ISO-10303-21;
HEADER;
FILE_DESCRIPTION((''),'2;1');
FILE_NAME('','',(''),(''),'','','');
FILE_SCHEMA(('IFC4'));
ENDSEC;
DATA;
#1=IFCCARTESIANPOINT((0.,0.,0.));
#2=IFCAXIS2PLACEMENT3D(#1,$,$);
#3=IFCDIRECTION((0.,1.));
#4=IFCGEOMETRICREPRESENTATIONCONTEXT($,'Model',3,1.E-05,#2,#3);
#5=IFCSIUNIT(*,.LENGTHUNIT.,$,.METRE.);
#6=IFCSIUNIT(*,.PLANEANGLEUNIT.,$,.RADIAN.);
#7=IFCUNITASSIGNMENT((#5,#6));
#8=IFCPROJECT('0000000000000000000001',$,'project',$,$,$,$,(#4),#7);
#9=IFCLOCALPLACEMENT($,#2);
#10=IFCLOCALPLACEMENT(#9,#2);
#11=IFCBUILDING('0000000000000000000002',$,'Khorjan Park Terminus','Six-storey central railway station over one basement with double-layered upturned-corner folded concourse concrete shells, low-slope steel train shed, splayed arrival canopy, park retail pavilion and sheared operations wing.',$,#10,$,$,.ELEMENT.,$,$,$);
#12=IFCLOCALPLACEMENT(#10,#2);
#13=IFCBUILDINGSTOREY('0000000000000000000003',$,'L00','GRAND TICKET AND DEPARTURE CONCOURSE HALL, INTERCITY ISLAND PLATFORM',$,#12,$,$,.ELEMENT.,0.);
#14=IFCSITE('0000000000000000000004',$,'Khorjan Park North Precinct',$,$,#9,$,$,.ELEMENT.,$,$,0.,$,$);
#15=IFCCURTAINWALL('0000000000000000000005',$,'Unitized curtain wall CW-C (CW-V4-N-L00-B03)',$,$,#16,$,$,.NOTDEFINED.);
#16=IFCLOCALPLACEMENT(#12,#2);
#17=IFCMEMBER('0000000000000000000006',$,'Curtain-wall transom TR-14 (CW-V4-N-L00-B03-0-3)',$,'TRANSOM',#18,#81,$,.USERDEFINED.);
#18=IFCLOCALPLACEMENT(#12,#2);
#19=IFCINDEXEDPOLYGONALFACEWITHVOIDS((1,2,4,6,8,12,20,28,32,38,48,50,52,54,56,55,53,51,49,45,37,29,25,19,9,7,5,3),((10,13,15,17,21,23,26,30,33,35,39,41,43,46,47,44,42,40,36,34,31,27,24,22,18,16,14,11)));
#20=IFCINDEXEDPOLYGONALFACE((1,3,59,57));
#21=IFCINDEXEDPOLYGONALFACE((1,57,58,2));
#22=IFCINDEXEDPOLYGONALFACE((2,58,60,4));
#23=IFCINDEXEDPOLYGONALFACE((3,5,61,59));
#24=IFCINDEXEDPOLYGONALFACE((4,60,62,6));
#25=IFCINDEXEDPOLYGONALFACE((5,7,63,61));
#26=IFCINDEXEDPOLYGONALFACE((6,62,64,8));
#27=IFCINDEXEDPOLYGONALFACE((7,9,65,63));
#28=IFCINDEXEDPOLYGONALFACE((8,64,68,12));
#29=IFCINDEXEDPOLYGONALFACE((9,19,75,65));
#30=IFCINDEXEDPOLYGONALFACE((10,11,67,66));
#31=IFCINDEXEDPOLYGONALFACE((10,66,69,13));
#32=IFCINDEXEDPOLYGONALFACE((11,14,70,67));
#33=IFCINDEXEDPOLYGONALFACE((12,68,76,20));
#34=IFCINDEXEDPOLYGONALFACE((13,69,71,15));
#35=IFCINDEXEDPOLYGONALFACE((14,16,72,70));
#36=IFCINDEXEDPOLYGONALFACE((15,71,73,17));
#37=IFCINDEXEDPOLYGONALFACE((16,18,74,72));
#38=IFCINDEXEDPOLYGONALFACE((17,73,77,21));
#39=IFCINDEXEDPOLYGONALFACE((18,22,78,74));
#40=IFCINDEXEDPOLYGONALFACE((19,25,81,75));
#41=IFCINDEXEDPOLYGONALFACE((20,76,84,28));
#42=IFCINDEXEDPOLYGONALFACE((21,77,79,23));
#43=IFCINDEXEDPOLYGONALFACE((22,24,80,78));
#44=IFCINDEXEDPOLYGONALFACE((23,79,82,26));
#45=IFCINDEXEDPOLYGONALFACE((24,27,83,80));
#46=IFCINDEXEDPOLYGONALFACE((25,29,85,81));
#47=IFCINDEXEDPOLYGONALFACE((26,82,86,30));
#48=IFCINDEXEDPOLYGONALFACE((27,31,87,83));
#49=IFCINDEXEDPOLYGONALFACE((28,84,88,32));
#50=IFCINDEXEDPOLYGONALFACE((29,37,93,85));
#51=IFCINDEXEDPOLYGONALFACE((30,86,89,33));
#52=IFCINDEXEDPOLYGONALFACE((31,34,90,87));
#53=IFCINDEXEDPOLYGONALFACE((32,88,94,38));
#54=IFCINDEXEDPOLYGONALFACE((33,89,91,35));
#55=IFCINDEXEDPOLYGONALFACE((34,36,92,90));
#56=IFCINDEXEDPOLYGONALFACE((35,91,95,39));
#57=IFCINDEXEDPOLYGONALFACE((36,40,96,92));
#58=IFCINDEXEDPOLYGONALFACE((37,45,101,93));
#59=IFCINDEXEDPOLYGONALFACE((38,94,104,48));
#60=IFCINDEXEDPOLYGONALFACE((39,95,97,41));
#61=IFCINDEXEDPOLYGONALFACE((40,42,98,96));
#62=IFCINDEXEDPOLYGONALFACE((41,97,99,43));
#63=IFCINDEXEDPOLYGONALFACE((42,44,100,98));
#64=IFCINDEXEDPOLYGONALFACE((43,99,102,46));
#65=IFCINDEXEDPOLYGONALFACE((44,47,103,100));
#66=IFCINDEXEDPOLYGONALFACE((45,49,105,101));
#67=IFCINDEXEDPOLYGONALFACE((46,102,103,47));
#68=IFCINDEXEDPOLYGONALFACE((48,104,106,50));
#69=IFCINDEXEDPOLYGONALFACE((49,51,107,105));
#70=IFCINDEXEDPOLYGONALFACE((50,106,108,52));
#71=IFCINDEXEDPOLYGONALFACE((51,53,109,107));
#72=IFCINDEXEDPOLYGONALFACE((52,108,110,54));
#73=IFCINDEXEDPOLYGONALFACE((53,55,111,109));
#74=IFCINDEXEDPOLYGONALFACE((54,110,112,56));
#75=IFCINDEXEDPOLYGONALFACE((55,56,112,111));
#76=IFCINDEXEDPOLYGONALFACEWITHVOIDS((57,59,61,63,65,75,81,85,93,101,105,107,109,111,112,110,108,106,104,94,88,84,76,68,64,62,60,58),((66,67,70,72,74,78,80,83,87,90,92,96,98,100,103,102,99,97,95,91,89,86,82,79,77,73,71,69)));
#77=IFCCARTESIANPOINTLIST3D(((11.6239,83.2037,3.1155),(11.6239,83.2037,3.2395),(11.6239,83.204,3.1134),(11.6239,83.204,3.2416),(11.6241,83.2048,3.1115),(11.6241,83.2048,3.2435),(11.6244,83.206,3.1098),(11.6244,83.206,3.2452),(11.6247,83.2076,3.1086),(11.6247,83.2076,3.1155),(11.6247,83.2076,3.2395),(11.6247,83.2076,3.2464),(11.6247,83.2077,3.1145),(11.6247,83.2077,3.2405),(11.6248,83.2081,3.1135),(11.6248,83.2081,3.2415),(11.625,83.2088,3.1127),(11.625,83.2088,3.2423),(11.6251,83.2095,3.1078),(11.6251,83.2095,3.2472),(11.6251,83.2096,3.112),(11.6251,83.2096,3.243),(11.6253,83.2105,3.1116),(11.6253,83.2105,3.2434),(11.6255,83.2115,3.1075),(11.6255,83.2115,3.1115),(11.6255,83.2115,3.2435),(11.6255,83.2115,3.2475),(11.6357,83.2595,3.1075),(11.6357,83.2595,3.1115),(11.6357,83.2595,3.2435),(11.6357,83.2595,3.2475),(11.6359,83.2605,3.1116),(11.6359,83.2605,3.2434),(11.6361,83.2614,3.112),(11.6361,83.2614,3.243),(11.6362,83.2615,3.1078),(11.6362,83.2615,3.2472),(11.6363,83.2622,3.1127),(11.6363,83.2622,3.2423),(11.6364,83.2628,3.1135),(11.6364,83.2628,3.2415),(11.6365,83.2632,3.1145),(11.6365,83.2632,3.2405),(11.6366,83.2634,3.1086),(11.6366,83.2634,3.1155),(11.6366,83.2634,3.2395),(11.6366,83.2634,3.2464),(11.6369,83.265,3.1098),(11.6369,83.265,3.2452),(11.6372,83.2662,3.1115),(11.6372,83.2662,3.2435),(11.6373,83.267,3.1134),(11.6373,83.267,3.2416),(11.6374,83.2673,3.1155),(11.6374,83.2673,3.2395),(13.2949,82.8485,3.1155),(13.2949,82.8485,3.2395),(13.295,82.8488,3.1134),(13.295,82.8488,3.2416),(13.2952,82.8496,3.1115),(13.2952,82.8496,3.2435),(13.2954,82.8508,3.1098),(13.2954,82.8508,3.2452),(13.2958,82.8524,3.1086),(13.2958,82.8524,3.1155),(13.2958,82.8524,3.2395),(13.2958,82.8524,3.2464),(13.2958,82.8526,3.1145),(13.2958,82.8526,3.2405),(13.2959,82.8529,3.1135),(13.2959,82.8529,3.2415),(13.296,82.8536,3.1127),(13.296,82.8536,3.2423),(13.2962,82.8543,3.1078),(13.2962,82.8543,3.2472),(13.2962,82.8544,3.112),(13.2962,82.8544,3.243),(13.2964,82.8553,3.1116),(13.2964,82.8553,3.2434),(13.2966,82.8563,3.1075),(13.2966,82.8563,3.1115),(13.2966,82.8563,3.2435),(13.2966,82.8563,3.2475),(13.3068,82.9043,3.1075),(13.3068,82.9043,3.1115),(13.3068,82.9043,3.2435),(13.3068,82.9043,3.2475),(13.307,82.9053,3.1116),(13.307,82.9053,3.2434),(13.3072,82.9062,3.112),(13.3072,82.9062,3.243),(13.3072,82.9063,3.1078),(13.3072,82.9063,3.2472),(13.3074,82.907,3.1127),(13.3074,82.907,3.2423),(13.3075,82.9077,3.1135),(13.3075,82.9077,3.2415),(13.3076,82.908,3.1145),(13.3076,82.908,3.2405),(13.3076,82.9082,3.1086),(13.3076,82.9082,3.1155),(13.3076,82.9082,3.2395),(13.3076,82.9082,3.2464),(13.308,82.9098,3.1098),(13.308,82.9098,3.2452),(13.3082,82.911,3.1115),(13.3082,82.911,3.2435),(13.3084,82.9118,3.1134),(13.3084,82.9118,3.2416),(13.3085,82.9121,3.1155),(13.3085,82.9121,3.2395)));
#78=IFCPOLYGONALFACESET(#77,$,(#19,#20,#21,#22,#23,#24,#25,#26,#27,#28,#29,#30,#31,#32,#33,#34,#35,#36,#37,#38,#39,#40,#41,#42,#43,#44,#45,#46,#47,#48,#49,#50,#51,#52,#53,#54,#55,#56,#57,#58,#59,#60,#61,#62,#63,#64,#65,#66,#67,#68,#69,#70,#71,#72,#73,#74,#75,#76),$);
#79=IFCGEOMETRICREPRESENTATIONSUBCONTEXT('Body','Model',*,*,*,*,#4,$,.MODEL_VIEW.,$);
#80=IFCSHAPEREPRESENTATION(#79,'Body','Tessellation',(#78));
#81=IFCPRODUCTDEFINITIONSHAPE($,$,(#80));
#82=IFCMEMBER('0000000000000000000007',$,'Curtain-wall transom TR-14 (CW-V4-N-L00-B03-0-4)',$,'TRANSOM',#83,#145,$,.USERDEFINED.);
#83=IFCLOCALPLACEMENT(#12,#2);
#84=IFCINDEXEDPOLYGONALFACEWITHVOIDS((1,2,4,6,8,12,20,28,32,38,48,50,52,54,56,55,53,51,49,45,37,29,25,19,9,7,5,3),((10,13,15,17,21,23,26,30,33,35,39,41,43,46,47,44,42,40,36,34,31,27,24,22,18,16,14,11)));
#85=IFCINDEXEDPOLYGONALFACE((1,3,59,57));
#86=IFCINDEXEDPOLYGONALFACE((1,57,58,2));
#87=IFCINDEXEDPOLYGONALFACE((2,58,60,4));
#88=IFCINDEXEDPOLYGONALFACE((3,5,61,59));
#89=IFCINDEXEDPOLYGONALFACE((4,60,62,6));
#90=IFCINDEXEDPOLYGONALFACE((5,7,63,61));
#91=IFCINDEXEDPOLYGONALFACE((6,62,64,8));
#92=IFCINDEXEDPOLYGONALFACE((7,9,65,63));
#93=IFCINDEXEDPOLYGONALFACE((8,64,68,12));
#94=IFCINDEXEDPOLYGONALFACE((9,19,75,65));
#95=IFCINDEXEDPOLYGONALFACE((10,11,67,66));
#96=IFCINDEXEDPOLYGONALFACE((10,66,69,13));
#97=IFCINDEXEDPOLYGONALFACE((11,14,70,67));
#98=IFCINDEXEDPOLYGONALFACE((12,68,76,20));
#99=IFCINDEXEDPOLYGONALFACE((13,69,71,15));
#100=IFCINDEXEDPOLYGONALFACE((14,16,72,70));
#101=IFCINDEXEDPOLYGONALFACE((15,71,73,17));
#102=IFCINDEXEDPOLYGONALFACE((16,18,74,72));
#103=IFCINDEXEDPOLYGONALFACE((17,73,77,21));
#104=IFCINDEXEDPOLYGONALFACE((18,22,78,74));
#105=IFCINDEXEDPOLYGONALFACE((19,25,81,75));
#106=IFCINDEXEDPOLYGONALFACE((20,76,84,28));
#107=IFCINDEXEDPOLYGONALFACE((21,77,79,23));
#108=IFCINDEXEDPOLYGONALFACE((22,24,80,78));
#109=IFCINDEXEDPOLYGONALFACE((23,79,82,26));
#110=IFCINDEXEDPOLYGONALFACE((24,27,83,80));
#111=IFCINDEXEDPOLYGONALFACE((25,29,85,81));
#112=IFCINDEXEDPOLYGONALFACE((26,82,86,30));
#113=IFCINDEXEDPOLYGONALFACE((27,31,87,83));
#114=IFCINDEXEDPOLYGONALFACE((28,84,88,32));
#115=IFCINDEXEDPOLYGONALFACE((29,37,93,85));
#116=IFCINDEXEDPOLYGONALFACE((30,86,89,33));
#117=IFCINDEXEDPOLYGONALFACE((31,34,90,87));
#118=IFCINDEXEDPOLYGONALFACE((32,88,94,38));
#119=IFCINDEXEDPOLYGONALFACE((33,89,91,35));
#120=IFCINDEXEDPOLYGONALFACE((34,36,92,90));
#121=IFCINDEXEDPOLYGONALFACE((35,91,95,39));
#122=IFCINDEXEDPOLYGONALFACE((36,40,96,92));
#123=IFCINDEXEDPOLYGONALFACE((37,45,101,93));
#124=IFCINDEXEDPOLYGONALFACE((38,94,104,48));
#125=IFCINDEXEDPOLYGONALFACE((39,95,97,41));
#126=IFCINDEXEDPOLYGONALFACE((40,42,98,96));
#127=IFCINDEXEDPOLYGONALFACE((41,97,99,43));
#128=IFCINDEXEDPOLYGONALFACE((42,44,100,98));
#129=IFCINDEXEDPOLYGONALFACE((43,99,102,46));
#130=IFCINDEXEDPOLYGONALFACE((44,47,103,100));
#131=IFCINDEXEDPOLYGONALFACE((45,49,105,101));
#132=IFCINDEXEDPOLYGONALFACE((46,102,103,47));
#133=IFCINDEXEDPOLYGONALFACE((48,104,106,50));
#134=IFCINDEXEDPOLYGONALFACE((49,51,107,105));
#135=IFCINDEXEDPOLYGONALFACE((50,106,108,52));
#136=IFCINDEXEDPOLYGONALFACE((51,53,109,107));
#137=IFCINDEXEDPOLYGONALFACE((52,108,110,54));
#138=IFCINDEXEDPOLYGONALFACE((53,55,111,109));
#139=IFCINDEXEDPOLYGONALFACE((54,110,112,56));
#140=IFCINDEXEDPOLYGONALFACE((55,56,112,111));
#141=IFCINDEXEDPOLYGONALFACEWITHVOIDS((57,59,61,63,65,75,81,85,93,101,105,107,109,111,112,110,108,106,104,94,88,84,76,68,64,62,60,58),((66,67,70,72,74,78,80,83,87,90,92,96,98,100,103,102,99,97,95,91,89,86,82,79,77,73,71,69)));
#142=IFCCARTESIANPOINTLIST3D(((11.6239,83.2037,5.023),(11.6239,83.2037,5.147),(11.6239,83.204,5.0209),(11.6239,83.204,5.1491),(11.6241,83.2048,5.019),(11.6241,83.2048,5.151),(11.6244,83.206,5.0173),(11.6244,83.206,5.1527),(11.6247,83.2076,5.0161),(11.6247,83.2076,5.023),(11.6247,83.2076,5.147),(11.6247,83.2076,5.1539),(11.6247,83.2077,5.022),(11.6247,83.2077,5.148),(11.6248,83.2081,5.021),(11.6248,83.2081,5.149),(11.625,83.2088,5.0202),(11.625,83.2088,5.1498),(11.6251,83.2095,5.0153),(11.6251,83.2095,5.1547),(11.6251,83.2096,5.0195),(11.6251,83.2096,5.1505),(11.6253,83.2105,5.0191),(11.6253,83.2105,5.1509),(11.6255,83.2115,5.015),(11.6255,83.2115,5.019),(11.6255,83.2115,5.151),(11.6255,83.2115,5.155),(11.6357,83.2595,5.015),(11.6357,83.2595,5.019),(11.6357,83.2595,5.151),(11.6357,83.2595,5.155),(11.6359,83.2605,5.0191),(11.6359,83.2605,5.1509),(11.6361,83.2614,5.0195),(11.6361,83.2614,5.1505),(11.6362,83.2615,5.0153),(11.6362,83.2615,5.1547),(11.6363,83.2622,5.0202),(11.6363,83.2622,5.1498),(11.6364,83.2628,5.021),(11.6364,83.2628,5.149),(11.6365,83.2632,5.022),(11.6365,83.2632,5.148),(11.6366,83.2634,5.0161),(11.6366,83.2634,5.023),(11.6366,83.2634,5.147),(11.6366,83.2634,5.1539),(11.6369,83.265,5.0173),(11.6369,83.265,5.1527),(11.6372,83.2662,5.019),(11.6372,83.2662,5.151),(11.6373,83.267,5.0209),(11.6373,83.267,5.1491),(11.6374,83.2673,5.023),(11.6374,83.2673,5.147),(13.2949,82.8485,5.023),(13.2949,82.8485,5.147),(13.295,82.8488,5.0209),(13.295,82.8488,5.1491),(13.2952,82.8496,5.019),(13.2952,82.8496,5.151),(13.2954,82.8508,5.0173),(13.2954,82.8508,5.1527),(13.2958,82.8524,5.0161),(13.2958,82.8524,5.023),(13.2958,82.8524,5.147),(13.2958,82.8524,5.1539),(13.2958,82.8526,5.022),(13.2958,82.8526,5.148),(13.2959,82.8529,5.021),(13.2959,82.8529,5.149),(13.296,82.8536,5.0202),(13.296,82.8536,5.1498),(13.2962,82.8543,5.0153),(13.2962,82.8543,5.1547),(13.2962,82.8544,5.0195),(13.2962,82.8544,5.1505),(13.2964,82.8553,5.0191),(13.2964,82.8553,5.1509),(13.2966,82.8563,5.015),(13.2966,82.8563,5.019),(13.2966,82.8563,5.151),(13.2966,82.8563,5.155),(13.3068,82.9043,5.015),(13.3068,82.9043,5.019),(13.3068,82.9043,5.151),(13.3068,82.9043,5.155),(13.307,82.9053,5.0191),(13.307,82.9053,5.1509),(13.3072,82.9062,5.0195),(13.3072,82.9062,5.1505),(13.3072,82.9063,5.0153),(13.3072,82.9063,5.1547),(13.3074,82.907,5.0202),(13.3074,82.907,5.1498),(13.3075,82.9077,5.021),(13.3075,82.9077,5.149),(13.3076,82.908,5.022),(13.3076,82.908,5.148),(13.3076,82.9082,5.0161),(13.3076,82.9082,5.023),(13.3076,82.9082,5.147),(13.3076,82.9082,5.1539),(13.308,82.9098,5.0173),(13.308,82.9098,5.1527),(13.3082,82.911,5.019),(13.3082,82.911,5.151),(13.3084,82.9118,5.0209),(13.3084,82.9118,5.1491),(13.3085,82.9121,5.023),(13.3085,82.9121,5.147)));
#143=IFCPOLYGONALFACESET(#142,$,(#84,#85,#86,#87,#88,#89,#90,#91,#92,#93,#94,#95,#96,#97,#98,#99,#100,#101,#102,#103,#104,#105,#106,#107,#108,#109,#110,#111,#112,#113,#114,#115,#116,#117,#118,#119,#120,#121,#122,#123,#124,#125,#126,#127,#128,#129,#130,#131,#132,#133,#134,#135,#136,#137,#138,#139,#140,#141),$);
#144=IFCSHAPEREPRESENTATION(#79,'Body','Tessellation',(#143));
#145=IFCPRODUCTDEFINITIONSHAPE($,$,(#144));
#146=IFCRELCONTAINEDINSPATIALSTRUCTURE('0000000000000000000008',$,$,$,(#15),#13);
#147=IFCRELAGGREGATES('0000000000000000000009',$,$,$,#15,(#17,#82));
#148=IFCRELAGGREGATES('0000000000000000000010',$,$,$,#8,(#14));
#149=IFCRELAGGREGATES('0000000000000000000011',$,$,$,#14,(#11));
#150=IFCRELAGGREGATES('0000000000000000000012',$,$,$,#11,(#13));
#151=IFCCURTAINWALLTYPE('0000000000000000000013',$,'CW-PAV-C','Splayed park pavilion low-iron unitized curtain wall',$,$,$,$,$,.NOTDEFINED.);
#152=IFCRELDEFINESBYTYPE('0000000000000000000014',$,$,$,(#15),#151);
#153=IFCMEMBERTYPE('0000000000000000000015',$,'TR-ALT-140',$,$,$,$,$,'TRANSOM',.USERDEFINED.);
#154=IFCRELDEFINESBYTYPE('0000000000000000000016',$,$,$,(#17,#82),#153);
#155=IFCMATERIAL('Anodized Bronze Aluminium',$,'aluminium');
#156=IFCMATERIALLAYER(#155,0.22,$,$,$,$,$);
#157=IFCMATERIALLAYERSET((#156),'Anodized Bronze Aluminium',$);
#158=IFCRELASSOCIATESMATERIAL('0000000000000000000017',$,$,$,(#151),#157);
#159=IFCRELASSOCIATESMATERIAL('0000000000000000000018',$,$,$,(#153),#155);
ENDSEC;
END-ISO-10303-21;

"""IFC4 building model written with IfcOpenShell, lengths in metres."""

from ifc_helpers import new_model, si_unit, direction, frame, origin, origin_2d, place, context, subcontext, project, spatial, hollow_rectangle, extrude, material, layer, layer_set, material_profile, profile_set, type_object, element, aggregate, save


model = new_model("IFC4")

# Units and contexts
model_context = context("Model", 3, precision=1e-05, world=origin(), true_north=direction((0.0, 1.0)))
body_context = subcontext(model_context, "Body", "Model", "MODEL_VIEW")
ifc_project = project(units=[si_unit("LENGTHUNIT", "METRE"), si_unit("PLANEANGLEUNIT", "RADIAN")], contexts=[model_context])

# Site, building, storey
site_placement = place(None, origin())
site = spatial("IfcSite", under=ifc_project, at=site_placement, Name="Khorjan Park North Precinct", CompositionType="ELEMENT", RefElevation=0.0)
building_placement = place(site_placement, origin())
building = spatial("IfcBuilding", under=site, at=building_placement, Name="Khorjan Park Terminus", Description="Six-storey central railway station over one basement with double-layered upturned-corner folded concourse concrete shells, low-slope steel train shed, splayed arrival canopy, park retail pavilion and sheared operations wing.", CompositionType="ELEMENT")
storey_placement = place(building_placement, origin())
storey = spatial("IfcBuildingStorey", under=building, at=storey_placement, Name="L00", Description="GRAND TICKET AND DEPARTURE CONCOURSE HALL, INTERCITY ISLAND PLATFORM", CompositionType="ELEMENT", Elevation=0.0)

# Curtain wall, members
ifc_material_1 = material(Name="Anodized Bronze Aluminium", Category="aluminium")
ifc_layer_1 = layer(ifc_material_1, 0.22)
ifc_layer_set_1 = layer_set([ifc_layer_1], Name="Anodized Bronze Aluminium")
curtain_wall_type = type_object("IfcCurtainWallType", Name="CW-PAV-C", Description="Splayed park pavilion low-iron unitized curtain wall", PredefinedType="NOTDEFINED", material=ifc_layer_set_1)
curtain_wall_placement = place(storey_placement, origin())
curtain_wall = element("IfcCurtainWall", 1, at=curtain_wall_placement, inside=storey, type_object=curtain_wall_type, Name="Unitized curtain wall CW-C (CW-V4-N-L00-B03)", PredefinedType="NOTDEFINED")
ifc_material_profile_1 = material_profile(ifc_material_1, hollow_rectangle(XDim=0.065, YDim=0.14, WallThickness=0.004, InnerFilletRadius=0.004, OuterFilletRadius=0.008, at=origin_2d()), Name="ALT 65x140x4")
ifc_profile_set_1 = profile_set([ifc_material_profile_1], Name="Anodized Bronze Aluminium")
member_type = type_object("IfcMemberType", Name="TR-ALT-140", ElementType="TRANSOM", PredefinedType="USERDEFINED", material=ifc_profile_set_1)
member_1_placement = place(storey_placement, frame((13.3017, 82.8803, 3.1775), z_axis=(-0.978148, 0.20791, 0.0), x_axis=(-0.20791, -0.978148, 0.0)))
member_1 = element("IfcMember", 2, at=member_1_placement, type_object=member_type, Name="Curtain-wall transom TR-14 (CW-V4-N-L00-B03-0-3)", ObjectType="TRANSOM", PredefinedType="USERDEFINED", context=body_context, shape_type="SweptSolid", body=[
    extrude(hollow_rectangle(XDim=0.065, YDim=0.14, WallThickness=0.004, InnerFilletRadius=0.004, OuterFilletRadius=0.008, at=origin_2d()), origin(), (0.0, 0.0, 1.0), 1.7084),
])
member_2_placement = place(storey_placement, frame((13.3017, 82.8803, 5.085), z_axis=(-0.978148, 0.20791, 0.0), x_axis=(-0.20791, -0.978148, 0.0)))
member_2 = element("IfcMember", 3, at=member_2_placement, type_object=member_type, Name="Curtain-wall transom TR-14 (CW-V4-N-L00-B03-0-4)", ObjectType="TRANSOM", PredefinedType="USERDEFINED", context=body_context, shape_type="SweptSolid", body=[
    extrude(hollow_rectangle(XDim=0.065, YDim=0.14, WallThickness=0.004, InnerFilletRadius=0.004, OuterFilletRadius=0.008, at=origin_2d()), origin(), (0.0, 0.0, 1.0), 1.7084),
])
aggregate(curtain_wall, [member_1, member_2])

save(model, "model.ifc")
